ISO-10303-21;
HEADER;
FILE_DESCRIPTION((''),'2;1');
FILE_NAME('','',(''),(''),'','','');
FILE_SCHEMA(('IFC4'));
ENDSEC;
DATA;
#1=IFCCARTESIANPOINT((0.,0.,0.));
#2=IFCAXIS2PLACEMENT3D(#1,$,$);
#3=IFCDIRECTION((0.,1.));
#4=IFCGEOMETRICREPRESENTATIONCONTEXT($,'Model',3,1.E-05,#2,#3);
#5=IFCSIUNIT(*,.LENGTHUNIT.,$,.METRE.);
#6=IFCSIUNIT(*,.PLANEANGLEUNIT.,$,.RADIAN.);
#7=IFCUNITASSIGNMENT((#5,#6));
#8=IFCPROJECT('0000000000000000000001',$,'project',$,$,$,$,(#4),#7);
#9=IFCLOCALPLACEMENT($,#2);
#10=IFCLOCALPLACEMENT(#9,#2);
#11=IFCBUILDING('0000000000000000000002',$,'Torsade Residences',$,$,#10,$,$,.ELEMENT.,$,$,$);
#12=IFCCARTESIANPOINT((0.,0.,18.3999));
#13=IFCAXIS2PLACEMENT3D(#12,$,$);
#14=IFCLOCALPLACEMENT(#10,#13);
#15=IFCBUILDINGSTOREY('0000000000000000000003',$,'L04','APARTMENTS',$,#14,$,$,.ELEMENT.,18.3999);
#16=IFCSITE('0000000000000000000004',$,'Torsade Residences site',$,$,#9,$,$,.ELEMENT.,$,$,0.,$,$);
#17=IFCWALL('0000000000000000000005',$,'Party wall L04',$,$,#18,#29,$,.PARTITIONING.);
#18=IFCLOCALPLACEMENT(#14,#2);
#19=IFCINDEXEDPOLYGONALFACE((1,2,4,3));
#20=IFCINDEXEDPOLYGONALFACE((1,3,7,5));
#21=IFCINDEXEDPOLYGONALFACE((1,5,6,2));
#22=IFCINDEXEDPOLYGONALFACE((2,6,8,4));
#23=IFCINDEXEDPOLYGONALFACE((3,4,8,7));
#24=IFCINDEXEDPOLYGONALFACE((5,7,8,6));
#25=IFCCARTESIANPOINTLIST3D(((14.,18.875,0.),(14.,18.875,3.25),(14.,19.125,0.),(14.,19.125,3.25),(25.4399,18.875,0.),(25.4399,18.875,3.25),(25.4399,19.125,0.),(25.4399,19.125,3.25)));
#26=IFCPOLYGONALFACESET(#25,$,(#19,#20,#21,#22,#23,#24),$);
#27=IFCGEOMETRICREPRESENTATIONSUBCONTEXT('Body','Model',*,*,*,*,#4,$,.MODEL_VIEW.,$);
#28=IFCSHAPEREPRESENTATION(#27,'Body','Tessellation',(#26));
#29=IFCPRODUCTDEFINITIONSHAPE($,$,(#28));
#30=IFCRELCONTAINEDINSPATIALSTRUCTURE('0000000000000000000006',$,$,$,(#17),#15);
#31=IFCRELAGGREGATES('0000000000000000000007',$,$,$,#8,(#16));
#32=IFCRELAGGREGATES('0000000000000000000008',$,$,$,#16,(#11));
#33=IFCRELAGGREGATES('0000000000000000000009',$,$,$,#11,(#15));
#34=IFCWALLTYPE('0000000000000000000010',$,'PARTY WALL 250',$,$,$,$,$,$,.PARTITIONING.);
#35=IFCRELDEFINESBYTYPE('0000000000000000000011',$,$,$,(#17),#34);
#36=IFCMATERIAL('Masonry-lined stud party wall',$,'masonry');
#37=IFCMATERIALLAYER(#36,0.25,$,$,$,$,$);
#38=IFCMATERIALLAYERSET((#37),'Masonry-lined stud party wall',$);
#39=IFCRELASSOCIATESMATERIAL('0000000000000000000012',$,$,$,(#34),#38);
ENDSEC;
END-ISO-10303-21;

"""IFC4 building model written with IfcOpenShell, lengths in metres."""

from ifc_helpers import new_model, si_unit, direction, frame, frame_2d, origin, place, context, subcontext, project, spatial, rectangle, extrude, material, layer, layer_set, type_object, element, save


model = new_model("IFC4")

# Units and contexts
model_context = context("Model", 3, precision=1e-05, world=origin(), true_north=direction((0.0, 1.0)))
body_context = subcontext(model_context, "Body", "Model", "MODEL_VIEW")
ifc_project = project(units=[si_unit("LENGTHUNIT", "METRE"), si_unit("PLANEANGLEUNIT", "RADIAN")], contexts=[model_context])

# Site, building, storey
site_placement = place(None, origin())
site = spatial("IfcSite", under=ifc_project, at=site_placement, Name="Torsade Residences site", CompositionType="ELEMENT", RefElevation=0.0)
building_placement = place(site_placement, origin())
building = spatial("IfcBuilding", under=site, at=building_placement, Name="Torsade Residences", CompositionType="ELEMENT")
storey_placement = place(building_placement, frame((0.0, 0.0, 18.3999)))
storey = spatial("IfcBuildingStorey", under=building, at=storey_placement, Name="L04", Description="APARTMENTS", CompositionType="ELEMENT", Elevation=18.3999)

# Wall
ifc_material_1 = material(Name="Masonry-lined stud party wall", Category="masonry")
ifc_layer_1 = layer(ifc_material_1, 0.25)
ifc_layer_set_1 = layer_set([ifc_layer_1], Name="Masonry-lined stud party wall")
wall_type_1 = type_object("IfcWallType", Name="PARTY WALL 250", PredefinedType="PARTITIONING", material=ifc_layer_set_1)
wall_1_placement = place(storey_placement, frame((14.0, 19.0, 0.0), z_axis=(0.0, 0.0, 1.0), x_axis=(1.0, 0.0, 0.0)))
element("IfcWall", 1, at=wall_1_placement, inside=storey, type_object=wall_type_1, Name="Party wall L04", PredefinedType="PARTITIONING", context=body_context, shape_type="SweptSolid", body=[
    extrude(rectangle(XDim=11.4399, YDim=0.25, at=frame_2d((5.72, 0.0))), origin(), (0.0, 0.0, 1.0), 3.25),
])

save(model, "model.ifc")
